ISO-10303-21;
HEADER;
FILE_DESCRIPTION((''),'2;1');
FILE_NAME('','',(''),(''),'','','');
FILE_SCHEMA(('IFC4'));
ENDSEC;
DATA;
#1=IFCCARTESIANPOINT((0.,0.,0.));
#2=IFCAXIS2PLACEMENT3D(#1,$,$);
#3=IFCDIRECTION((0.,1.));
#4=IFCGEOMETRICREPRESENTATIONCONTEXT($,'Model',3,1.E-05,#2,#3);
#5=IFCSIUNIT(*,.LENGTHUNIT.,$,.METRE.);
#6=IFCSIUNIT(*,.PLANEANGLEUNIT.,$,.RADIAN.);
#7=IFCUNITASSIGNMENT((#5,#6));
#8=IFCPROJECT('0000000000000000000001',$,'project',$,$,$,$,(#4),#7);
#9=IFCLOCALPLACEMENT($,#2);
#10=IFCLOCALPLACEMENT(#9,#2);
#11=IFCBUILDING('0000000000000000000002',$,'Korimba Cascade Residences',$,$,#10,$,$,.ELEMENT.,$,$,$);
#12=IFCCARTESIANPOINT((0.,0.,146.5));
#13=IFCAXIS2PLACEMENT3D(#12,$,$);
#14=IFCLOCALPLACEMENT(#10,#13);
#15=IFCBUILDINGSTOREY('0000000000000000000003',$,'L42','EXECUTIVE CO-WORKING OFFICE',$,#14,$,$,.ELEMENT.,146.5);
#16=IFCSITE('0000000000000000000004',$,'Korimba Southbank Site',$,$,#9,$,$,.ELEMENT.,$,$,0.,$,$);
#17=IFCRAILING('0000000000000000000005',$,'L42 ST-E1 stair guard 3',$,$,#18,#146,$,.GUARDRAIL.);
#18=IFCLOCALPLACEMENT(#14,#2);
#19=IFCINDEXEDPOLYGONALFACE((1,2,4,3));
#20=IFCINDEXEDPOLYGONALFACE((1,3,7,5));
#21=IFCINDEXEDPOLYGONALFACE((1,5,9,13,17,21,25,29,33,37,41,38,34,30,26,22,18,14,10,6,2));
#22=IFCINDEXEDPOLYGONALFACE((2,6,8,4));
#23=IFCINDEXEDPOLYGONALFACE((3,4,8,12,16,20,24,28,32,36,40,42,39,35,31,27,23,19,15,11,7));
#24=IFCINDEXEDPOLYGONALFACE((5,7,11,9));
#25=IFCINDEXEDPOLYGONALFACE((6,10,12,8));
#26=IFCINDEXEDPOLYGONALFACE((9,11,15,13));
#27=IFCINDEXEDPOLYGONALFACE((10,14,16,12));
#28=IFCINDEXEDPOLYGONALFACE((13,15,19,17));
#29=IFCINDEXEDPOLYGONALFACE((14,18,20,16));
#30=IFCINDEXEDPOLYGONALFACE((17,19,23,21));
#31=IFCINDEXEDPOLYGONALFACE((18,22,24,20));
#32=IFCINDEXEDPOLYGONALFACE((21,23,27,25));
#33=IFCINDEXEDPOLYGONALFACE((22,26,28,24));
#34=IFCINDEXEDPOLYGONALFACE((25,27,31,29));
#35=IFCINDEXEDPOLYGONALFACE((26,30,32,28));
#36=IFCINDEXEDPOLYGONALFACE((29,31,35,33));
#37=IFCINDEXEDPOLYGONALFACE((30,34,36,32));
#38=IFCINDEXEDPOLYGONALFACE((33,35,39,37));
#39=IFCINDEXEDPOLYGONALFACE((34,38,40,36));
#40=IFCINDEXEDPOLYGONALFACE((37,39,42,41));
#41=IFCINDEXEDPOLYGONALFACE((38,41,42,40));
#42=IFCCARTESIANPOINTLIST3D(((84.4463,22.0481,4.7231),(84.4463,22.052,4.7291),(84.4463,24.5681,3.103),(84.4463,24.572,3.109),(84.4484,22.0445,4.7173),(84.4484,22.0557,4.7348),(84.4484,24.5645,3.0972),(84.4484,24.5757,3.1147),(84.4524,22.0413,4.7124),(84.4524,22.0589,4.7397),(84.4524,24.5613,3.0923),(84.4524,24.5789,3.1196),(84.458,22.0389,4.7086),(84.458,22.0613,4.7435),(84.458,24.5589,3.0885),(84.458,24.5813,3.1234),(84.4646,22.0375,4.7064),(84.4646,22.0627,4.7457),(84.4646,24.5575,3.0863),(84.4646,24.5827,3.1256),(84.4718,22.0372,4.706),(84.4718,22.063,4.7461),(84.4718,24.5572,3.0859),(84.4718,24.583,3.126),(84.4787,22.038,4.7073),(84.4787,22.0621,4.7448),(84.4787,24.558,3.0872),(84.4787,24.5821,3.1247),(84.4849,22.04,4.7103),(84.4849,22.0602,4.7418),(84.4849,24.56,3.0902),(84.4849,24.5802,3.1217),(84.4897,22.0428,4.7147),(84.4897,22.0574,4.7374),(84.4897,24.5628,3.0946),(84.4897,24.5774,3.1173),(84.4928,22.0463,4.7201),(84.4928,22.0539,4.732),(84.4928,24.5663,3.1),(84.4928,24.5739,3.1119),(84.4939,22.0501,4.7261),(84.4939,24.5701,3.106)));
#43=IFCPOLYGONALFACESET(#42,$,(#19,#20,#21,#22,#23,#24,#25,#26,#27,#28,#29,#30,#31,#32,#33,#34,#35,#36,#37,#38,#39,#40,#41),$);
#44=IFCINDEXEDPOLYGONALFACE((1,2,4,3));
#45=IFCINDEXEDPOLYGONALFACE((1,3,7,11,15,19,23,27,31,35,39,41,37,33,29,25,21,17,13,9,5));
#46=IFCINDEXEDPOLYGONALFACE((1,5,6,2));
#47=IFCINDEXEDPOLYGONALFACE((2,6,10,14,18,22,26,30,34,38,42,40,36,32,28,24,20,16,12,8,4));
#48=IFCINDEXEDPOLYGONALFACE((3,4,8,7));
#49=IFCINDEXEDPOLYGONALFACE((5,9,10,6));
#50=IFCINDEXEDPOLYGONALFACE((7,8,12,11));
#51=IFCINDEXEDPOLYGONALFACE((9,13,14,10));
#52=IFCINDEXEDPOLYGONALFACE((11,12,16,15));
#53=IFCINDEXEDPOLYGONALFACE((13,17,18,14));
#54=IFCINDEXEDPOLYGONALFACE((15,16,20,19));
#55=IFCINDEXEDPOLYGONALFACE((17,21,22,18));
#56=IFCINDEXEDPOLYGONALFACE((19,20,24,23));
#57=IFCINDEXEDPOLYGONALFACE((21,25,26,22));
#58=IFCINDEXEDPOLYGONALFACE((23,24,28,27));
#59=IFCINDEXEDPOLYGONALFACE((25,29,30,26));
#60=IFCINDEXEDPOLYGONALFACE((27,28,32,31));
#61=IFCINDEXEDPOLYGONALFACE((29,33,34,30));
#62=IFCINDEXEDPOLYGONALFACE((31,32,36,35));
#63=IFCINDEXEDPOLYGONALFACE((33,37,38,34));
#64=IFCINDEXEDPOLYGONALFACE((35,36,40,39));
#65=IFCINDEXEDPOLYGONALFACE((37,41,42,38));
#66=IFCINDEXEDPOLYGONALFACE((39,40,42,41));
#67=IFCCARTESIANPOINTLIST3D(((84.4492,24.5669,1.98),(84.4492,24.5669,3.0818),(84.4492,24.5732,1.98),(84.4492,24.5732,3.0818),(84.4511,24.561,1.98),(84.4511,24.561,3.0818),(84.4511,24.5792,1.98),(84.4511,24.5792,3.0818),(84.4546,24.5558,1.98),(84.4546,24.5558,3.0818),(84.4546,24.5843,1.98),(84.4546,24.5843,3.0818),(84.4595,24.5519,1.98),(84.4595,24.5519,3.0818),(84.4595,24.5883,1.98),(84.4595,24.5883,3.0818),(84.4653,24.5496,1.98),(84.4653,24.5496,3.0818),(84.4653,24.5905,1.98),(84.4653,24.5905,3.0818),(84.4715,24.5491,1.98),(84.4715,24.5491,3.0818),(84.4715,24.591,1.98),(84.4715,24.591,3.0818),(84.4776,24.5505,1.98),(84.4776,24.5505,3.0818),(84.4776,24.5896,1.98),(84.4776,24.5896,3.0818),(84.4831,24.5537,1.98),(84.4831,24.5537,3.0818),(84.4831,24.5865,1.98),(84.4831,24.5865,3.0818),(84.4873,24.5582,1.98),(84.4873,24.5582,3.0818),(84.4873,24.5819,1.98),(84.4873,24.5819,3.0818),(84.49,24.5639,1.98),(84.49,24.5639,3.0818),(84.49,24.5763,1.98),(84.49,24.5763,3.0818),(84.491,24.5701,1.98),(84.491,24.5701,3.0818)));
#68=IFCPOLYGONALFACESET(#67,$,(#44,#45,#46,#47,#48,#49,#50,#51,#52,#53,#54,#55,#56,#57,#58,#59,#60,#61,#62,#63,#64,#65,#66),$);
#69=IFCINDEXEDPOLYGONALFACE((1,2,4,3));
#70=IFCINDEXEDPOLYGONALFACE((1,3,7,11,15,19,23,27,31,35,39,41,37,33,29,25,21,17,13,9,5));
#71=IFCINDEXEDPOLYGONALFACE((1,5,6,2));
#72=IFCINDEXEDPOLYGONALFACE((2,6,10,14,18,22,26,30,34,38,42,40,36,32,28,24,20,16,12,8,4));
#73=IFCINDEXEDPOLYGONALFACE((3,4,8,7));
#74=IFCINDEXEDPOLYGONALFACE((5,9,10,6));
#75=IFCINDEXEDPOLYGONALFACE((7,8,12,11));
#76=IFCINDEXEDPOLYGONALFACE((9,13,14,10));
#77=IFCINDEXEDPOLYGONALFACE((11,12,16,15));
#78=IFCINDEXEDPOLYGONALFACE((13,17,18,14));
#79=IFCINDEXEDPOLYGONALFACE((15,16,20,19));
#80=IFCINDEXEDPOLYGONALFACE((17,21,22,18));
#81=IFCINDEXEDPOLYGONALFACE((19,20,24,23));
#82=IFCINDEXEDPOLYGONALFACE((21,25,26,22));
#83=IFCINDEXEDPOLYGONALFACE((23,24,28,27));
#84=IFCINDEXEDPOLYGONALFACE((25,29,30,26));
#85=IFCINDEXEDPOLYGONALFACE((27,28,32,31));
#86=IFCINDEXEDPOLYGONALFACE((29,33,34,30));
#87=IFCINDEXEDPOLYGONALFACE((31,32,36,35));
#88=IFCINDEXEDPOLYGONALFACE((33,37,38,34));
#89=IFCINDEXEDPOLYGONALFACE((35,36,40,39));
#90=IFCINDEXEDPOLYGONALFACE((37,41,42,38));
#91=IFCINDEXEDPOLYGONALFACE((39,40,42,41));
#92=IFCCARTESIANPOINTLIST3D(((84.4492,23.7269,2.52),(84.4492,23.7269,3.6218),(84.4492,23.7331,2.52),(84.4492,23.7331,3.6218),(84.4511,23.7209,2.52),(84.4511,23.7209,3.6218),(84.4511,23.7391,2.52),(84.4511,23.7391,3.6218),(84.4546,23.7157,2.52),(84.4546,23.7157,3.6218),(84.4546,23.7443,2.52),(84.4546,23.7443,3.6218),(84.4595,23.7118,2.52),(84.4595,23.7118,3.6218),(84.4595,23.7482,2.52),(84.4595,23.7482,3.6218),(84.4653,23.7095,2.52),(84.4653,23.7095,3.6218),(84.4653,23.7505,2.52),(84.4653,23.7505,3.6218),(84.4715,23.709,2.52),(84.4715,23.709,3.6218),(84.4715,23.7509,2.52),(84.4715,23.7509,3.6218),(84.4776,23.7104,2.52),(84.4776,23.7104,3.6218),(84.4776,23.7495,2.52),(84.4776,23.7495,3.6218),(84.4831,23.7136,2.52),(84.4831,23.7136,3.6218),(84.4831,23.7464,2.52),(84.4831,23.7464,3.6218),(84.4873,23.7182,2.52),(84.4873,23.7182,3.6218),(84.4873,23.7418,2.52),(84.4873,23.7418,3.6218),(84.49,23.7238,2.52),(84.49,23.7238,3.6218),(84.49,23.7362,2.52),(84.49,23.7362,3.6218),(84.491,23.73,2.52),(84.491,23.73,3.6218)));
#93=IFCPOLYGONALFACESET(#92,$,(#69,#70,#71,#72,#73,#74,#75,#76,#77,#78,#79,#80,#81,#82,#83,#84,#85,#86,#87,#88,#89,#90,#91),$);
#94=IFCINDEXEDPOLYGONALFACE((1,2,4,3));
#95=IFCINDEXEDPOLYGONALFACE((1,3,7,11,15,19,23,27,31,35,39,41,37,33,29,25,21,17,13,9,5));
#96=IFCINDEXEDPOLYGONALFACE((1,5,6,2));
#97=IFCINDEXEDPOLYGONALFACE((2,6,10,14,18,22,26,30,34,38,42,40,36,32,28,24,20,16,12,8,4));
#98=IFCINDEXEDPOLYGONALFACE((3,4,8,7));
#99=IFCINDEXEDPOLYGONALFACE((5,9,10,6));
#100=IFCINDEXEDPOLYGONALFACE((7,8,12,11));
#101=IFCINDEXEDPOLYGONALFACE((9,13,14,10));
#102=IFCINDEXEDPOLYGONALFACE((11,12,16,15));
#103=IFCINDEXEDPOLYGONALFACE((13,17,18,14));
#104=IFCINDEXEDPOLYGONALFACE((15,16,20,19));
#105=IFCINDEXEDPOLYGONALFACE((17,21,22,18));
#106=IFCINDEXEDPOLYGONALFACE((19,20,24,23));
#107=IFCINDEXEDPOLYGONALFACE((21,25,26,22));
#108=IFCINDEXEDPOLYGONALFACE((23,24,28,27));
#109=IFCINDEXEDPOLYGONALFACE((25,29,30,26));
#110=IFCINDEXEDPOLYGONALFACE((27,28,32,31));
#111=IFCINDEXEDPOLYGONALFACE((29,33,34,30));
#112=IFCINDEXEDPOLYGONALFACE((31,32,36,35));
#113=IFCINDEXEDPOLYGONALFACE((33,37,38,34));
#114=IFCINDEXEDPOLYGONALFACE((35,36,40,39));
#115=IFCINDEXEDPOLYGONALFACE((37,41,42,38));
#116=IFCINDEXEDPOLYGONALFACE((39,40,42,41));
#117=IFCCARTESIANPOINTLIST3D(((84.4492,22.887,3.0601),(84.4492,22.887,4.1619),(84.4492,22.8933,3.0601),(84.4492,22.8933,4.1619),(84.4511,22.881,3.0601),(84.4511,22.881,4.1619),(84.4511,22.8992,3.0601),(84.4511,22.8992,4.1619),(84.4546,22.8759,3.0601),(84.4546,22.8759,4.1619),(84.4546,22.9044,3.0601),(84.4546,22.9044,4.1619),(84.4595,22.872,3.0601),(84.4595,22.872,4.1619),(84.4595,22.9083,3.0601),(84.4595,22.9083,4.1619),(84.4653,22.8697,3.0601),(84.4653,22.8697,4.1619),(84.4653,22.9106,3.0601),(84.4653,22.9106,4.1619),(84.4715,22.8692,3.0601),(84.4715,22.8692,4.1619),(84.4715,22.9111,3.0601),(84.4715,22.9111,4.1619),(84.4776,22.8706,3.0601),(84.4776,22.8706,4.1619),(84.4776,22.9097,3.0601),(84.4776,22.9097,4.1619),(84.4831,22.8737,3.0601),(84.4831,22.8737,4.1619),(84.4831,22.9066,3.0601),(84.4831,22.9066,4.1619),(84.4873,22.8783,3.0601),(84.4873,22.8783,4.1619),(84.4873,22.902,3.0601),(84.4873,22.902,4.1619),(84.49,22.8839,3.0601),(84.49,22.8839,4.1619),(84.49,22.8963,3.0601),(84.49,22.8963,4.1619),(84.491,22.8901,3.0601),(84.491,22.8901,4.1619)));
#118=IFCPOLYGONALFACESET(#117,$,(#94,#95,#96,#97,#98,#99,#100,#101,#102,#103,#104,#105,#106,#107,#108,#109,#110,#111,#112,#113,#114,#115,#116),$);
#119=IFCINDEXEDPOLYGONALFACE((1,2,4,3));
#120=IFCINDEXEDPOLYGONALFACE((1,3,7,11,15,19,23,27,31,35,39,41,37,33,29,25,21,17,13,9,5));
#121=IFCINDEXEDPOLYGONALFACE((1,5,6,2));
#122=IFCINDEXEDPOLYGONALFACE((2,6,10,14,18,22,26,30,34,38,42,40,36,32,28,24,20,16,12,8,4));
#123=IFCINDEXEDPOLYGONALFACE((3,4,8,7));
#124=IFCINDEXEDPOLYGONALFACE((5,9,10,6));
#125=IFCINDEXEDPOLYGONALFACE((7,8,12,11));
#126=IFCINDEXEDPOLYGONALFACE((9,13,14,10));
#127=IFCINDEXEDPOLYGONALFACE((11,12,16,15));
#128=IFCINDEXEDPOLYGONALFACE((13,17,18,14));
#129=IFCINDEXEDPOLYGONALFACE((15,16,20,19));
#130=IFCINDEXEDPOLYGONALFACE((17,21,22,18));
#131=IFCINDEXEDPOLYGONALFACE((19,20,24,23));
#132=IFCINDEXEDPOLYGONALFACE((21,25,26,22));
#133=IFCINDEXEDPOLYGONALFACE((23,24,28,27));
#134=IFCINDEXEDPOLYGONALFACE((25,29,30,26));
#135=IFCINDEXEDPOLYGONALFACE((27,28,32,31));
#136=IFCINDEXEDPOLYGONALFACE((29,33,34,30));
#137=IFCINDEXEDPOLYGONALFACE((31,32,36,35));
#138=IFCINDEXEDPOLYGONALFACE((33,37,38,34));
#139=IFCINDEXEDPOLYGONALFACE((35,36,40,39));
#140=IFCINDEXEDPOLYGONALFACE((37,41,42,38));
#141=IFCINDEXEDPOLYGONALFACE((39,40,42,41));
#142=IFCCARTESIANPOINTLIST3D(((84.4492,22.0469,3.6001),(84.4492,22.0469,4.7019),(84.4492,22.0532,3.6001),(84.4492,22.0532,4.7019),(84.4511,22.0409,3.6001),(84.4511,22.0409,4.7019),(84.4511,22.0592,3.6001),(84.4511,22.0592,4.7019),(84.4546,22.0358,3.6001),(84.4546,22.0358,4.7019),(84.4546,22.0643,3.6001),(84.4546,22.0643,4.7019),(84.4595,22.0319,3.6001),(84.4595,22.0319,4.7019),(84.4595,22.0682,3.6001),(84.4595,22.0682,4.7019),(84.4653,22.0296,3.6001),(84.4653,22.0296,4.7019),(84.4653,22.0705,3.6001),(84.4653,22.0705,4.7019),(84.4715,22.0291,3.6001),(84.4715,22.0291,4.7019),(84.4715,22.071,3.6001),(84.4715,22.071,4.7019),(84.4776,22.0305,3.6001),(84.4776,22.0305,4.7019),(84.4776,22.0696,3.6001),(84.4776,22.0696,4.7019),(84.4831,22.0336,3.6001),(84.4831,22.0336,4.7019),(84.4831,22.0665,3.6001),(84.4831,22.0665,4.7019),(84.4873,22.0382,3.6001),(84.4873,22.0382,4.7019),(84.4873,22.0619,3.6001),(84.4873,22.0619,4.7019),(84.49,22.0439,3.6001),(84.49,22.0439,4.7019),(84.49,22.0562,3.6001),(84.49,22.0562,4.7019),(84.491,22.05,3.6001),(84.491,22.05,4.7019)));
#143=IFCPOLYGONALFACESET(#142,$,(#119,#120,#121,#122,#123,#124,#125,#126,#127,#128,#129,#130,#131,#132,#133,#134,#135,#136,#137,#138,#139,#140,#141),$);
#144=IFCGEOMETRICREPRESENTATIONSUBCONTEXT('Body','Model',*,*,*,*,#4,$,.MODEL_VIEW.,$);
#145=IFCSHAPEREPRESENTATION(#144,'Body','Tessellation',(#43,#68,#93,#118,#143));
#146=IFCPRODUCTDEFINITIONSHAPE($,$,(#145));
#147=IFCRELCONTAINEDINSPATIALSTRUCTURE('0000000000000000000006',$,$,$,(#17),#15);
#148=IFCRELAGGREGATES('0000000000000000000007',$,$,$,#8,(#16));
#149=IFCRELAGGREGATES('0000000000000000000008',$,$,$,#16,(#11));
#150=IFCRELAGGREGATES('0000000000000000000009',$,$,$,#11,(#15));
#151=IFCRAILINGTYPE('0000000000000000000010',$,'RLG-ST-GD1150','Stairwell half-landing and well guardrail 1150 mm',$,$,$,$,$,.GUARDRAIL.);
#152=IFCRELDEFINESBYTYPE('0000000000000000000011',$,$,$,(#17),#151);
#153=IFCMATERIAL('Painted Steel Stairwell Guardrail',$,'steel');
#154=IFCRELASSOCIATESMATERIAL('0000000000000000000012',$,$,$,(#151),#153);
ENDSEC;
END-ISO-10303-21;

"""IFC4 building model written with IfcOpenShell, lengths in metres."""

from ifc_helpers import new_model, si_unit, direction, frame, origin, origin_2d, place, context, subcontext, project, spatial, circle, extrude, material, type_object, element, save


model = new_model("IFC4")

# Units and contexts
model_context = context("Model", 3, precision=1e-05, world=origin(), true_north=direction((0.0, 1.0)))
body_context = subcontext(model_context, "Body", "Model", "MODEL_VIEW")
ifc_project = project(units=[si_unit("LENGTHUNIT", "METRE"), si_unit("PLANEANGLEUNIT", "RADIAN")], contexts=[model_context])

# Site, building, storey
site_placement = place(None, origin())
site = spatial("IfcSite", under=ifc_project, at=site_placement, Name="Korimba Southbank Site", CompositionType="ELEMENT", RefElevation=0.0)
building_placement = place(site_placement, origin())
building = spatial("IfcBuilding", under=site, at=building_placement, Name="Korimba Cascade Residences", CompositionType="ELEMENT")
storey_placement = place(building_placement, frame((0.0, 0.0, 146.5)))
storey = spatial("IfcBuildingStorey", under=building, at=storey_placement, Name="L42", Description="EXECUTIVE CO-WORKING OFFICE", CompositionType="ELEMENT", Elevation=146.5)

# Railing
ifc_material_1 = material(Name="Painted Steel Stairwell Guardrail", Category="steel")
railing_type = type_object("IfcRailingType", Name="RLG-ST-GD1150", Description="Stairwell half-landing and well guardrail 1150 mm", PredefinedType="GUARDRAIL", material=ifc_material_1)
railing_1_placement = place(storey_placement, frame((84.47, 24.5701, 1.98)))
element("IfcRailing", 1, at=railing_1_placement, inside=storey, type_object=railing_type, Name="L42 ST-E1 stair guard 3", PredefinedType="GUARDRAIL", context=body_context, shape_type="SweptSolid", body=[
    extrude(circle(Radius=0.0239, at=origin_2d()), frame((0.0, 0.0, 1.126), z_axis=(0.0, -0.841163, 0.540782), x_axis=(1.0, 0.0, 0.0)), (0.0, 0.0, 1.0), 2.9958),
    extrude(circle(Radius=0.021, at=origin_2d()), origin(), (0.0, 0.0, 1.0), 1.1018),
    extrude(circle(Radius=0.021, at=origin_2d()), frame((0.0, -0.8401, 0.54)), (0.0, 0.0, 1.0), 1.1018),
    extrude(circle(Radius=0.021, at=origin_2d()), frame((0.0, -1.6799, 1.0801)), (0.0, 0.0, 1.0), 1.1018),
    extrude(circle(Radius=0.021, at=origin_2d()), frame((0.0, -2.52, 1.6201)), (0.0, 0.0, 1.0), 1.1018),
])

save(model, "model.ifc")
